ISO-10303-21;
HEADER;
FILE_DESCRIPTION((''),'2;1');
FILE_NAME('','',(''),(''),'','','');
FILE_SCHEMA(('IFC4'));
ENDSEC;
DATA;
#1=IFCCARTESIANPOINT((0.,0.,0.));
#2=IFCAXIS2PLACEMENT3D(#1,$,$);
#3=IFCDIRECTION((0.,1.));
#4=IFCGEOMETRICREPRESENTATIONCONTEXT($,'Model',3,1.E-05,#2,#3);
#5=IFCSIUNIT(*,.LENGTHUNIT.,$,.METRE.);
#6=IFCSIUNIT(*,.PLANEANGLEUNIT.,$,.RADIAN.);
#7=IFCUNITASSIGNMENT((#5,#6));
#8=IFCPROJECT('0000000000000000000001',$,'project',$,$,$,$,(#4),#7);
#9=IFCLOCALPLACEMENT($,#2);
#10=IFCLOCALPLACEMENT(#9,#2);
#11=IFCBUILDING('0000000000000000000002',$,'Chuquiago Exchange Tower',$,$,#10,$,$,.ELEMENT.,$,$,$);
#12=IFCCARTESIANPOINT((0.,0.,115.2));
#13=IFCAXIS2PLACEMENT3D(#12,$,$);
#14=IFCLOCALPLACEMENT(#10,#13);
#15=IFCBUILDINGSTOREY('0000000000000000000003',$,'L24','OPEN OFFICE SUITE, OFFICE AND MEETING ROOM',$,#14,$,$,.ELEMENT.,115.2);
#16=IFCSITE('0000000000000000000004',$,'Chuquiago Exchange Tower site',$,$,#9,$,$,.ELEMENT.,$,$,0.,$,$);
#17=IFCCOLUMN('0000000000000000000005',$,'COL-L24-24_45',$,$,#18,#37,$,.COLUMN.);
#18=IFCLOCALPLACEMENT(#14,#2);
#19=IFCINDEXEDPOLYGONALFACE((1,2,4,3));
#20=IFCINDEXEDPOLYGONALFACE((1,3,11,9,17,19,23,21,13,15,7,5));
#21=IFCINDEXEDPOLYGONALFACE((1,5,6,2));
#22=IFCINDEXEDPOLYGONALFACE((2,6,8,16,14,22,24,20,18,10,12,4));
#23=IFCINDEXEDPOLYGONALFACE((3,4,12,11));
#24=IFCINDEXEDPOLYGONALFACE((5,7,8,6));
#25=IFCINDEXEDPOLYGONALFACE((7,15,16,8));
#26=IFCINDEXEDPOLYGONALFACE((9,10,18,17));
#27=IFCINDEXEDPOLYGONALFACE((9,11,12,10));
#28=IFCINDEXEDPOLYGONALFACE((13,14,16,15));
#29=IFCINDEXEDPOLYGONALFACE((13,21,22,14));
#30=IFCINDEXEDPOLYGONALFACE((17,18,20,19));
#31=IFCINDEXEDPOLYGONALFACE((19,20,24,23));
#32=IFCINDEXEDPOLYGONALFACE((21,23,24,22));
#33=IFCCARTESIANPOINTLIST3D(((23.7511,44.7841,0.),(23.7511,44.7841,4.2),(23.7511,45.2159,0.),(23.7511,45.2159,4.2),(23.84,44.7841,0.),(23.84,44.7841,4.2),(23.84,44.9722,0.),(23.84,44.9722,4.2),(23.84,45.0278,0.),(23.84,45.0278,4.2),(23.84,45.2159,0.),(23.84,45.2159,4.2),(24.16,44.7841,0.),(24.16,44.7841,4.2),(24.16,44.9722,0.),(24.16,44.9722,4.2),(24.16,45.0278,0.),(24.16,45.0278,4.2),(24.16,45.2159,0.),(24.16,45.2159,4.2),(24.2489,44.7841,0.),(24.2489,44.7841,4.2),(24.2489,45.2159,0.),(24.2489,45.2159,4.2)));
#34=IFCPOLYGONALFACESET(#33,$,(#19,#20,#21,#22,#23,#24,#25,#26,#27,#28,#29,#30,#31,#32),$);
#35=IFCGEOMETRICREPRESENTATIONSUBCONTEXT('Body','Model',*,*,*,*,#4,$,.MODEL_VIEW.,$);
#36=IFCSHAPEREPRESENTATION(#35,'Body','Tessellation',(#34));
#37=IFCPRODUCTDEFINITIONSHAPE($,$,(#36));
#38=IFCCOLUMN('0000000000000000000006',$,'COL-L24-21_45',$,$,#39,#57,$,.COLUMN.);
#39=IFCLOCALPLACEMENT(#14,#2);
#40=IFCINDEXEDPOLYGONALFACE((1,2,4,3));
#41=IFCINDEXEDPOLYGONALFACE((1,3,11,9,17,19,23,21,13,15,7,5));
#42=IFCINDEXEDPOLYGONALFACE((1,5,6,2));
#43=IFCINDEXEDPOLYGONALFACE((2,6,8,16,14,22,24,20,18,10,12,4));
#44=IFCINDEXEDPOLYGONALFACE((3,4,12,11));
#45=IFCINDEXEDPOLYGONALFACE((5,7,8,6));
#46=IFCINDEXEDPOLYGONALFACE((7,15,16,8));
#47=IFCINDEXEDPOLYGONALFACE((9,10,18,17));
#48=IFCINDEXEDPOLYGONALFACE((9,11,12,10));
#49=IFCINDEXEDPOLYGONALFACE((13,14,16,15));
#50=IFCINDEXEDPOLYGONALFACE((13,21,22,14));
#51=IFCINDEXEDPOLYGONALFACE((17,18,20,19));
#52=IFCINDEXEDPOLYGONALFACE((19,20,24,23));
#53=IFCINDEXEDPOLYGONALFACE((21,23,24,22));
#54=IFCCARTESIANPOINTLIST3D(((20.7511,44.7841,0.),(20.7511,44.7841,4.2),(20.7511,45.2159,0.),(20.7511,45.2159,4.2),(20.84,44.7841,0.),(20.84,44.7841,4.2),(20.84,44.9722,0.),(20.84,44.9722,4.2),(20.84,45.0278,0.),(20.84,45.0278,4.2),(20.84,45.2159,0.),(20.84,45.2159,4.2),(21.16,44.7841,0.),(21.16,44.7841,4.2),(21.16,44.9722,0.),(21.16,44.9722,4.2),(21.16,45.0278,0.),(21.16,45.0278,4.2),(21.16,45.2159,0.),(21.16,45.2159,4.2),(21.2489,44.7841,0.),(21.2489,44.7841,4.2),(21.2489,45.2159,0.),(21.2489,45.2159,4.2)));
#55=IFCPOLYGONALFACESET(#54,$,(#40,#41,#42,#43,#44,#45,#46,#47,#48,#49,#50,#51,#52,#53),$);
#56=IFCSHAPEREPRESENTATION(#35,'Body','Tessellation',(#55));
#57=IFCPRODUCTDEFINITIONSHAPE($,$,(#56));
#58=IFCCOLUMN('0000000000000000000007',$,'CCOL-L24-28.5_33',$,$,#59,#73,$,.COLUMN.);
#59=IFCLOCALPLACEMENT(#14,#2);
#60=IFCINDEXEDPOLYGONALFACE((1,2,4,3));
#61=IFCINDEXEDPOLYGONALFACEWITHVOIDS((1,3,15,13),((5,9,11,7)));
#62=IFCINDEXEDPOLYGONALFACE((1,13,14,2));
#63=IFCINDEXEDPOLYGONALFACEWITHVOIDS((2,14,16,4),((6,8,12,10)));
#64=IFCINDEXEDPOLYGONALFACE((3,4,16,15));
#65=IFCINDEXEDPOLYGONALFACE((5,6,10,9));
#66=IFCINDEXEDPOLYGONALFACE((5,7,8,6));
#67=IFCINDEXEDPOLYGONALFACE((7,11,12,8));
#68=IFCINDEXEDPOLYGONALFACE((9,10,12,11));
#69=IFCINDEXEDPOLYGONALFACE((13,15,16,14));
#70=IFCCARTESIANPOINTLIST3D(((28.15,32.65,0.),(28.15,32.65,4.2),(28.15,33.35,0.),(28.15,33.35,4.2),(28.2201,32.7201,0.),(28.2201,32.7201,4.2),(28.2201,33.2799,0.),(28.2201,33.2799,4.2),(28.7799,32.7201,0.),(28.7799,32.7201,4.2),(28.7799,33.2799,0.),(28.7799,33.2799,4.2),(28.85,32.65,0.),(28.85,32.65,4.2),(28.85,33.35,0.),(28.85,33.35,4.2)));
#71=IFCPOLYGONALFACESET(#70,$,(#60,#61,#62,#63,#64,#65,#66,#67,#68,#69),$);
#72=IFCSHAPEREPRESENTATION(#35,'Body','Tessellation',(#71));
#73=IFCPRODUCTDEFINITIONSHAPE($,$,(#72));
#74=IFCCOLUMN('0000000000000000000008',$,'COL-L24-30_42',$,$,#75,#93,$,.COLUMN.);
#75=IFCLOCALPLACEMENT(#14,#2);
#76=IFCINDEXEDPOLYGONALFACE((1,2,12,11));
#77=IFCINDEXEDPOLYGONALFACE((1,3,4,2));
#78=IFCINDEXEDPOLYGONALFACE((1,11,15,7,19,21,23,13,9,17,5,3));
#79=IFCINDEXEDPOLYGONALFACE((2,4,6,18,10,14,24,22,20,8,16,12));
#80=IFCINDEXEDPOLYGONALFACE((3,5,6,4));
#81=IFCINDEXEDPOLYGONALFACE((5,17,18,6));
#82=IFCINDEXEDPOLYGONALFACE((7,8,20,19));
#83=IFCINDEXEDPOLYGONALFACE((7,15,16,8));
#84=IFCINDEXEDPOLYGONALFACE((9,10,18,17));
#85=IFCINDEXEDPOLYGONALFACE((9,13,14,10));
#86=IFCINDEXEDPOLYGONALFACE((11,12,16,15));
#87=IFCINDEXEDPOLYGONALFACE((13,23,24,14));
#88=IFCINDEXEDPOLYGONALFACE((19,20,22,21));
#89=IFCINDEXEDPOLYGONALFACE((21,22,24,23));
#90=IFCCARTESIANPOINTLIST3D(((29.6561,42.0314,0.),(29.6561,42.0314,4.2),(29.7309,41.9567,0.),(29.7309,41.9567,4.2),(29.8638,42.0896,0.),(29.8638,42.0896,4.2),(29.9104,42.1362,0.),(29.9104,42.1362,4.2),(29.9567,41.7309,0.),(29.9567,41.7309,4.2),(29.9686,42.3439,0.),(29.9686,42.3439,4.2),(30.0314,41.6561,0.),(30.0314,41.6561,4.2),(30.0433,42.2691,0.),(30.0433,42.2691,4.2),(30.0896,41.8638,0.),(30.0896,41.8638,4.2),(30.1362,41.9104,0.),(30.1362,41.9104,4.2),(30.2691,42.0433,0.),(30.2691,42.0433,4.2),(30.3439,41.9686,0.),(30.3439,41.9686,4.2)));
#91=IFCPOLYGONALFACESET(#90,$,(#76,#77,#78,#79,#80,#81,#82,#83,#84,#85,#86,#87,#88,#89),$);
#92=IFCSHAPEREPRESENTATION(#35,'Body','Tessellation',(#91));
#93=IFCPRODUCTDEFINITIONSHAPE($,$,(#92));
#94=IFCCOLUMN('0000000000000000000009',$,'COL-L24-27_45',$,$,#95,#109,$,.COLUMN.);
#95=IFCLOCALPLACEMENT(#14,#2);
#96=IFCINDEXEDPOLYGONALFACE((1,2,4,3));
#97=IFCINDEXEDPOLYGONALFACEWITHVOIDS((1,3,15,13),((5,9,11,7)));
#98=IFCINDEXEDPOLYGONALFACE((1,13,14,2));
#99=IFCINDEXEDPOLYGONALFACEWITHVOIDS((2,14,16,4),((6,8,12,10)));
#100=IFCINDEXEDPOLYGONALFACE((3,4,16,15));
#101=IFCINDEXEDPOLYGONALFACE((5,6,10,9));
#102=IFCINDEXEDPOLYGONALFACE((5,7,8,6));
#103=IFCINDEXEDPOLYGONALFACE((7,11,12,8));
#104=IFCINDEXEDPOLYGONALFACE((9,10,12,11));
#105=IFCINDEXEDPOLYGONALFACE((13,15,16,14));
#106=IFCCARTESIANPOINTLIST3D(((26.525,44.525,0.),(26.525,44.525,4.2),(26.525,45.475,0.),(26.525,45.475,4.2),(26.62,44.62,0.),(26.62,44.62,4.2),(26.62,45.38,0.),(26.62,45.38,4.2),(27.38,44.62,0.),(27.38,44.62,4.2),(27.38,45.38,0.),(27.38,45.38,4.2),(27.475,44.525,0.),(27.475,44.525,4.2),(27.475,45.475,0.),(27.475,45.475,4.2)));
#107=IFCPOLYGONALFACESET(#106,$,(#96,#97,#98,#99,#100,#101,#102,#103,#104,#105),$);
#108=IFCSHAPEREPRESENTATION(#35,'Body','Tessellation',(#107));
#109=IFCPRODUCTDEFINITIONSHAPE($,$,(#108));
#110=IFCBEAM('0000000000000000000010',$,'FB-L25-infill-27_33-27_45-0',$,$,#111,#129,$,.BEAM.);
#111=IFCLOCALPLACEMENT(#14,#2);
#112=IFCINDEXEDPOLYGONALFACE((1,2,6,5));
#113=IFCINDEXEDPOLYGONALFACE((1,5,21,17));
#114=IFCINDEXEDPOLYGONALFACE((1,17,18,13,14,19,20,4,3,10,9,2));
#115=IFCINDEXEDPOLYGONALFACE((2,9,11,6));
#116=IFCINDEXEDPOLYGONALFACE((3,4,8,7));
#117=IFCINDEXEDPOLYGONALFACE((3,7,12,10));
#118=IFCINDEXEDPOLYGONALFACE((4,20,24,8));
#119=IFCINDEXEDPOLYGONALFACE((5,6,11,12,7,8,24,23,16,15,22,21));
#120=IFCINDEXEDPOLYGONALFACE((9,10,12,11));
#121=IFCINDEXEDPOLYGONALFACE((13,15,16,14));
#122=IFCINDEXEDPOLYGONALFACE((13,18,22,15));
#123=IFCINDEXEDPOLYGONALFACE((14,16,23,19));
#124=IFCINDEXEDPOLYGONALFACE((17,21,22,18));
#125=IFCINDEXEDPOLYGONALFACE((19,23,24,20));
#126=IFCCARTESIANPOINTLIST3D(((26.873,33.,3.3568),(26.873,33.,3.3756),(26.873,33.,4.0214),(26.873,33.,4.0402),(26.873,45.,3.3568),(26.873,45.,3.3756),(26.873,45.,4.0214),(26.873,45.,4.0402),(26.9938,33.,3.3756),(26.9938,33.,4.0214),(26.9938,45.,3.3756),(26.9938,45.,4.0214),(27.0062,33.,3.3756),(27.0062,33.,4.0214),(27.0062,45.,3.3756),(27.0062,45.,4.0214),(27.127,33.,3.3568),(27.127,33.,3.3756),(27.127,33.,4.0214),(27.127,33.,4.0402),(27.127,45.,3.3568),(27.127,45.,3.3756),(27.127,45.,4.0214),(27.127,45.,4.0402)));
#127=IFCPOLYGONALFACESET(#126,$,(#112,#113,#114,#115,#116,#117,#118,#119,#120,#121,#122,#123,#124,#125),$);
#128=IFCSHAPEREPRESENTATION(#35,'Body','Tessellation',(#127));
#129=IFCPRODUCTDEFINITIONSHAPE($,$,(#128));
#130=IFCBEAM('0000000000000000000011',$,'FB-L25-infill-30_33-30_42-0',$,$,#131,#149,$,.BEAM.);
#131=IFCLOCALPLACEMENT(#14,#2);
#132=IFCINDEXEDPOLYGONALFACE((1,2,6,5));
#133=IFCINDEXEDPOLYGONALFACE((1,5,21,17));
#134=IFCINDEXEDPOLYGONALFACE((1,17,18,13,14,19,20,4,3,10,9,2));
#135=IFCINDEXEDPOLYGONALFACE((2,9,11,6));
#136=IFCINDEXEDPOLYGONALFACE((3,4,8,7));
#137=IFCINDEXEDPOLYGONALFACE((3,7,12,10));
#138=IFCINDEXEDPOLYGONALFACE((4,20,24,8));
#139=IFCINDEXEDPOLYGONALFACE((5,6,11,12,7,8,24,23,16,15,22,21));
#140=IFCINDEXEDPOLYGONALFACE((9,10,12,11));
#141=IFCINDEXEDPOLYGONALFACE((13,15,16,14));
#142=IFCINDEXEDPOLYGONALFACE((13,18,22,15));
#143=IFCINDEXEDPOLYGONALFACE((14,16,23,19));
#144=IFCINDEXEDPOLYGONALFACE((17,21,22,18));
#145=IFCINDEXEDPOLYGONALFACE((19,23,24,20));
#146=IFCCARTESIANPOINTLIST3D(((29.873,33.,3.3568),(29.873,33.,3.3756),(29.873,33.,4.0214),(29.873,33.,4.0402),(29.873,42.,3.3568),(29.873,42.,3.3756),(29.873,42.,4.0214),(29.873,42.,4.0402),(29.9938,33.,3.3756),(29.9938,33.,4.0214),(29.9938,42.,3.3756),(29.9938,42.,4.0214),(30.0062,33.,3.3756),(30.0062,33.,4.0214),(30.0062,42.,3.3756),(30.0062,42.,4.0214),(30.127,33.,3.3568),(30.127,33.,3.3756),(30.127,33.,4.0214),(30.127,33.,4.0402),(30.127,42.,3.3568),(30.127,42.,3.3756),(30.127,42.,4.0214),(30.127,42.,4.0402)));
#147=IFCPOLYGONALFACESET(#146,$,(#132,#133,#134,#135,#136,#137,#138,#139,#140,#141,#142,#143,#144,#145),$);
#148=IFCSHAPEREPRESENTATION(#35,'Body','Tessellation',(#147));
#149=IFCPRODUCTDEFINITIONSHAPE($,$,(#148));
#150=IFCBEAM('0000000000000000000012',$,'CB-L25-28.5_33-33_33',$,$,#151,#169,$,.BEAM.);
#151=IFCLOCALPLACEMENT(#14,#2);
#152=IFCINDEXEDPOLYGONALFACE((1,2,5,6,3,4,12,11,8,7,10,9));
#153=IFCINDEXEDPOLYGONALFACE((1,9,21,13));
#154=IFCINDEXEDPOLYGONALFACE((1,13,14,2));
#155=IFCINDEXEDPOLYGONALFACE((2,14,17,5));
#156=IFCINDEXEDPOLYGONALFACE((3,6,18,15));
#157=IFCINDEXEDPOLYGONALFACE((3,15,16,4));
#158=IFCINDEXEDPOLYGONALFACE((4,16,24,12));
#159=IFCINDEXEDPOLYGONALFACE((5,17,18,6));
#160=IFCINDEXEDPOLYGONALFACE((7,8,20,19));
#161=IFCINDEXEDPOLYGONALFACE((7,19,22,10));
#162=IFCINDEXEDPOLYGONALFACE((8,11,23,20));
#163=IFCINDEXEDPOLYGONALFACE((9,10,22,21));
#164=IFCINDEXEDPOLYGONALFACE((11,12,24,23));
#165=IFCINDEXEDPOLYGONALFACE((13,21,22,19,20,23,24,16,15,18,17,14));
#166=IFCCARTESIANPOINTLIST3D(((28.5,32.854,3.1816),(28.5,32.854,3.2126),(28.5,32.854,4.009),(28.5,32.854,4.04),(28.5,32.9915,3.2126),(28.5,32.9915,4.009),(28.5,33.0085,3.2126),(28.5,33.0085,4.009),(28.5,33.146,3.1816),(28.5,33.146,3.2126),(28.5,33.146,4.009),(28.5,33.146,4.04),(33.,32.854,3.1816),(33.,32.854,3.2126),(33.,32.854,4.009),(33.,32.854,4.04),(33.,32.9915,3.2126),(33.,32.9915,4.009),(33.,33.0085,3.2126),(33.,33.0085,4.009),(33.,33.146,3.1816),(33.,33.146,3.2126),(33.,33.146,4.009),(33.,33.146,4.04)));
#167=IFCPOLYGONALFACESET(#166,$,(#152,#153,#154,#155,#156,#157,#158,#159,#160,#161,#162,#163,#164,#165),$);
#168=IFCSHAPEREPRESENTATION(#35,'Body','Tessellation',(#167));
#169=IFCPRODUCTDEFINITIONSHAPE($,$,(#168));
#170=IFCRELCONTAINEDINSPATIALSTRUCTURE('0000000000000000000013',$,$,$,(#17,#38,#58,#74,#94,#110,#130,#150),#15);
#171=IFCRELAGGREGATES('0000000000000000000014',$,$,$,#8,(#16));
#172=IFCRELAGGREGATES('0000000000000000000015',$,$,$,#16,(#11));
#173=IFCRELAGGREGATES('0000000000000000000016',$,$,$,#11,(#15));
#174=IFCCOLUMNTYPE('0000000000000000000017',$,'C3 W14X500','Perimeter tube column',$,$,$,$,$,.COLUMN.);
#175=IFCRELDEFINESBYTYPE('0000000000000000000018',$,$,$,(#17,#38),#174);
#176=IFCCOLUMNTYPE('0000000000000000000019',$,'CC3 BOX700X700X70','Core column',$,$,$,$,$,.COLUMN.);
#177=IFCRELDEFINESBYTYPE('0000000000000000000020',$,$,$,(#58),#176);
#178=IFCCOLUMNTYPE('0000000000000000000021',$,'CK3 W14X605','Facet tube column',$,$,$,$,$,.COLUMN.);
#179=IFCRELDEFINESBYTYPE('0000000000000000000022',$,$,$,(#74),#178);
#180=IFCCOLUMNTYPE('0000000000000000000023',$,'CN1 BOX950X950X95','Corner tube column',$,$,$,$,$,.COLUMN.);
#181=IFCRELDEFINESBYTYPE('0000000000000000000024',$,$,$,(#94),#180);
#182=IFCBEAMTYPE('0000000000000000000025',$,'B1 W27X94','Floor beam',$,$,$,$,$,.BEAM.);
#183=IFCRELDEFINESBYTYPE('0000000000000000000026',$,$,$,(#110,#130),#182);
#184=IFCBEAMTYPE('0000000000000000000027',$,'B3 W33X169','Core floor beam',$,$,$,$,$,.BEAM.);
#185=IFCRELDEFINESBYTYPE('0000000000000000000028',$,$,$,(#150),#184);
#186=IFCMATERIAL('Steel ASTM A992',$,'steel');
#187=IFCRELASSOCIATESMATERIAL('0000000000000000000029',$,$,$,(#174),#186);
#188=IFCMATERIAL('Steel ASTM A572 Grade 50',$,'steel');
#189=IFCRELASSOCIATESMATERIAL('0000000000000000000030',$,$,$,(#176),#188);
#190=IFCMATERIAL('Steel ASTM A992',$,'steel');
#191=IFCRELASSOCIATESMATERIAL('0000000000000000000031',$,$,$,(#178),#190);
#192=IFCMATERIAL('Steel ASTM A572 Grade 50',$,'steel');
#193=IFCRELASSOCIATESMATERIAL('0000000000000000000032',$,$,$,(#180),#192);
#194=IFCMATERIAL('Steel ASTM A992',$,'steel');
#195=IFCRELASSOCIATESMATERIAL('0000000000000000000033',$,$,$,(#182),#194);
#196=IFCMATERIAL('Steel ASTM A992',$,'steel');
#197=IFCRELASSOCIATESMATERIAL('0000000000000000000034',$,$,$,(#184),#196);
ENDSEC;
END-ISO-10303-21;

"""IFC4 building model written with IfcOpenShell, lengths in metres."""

from ifc_helpers import new_model, si_unit, direction, frame, origin, origin_2d, place, context, subcontext, project, spatial, hollow_rectangle, i_section, extrude, material, material_profile, profile_set, type_object, element, save


model = new_model("IFC4")

# Units and contexts
model_context = context("Model", 3, precision=1e-05, world=origin(), true_north=direction((0.0, 1.0)))
body_context = subcontext(model_context, "Body", "Model", "MODEL_VIEW")
ifc_project = project(units=[si_unit("LENGTHUNIT", "METRE"), si_unit("PLANEANGLEUNIT", "RADIAN")], contexts=[model_context])

# Site, building, storey
site_placement = place(None, origin())
site = spatial("IfcSite", under=ifc_project, at=site_placement, Name="Chuquiago Exchange Tower site", CompositionType="ELEMENT", RefElevation=0.0)
building_placement = place(site_placement, origin())
building = spatial("IfcBuilding", under=site, at=building_placement, Name="Chuquiago Exchange Tower", CompositionType="ELEMENT")
storey_placement = place(building_placement, frame((0.0, 0.0, 115.2)))
storey = spatial("IfcBuildingStorey", under=building, at=storey_placement, Name="L24", Description="OPEN OFFICE SUITE, OFFICE AND MEETING ROOM", CompositionType="ELEMENT", Elevation=115.2)

# Columns
ifc_material_1 = material(Name="Steel ASTM A992", Category="steel")
ifc_material_profile_1 = material_profile(ifc_material_1, i_section(OverallWidth=0.4319, OverallDepth=0.4978, WebThickness=0.0557, FlangeThickness=0.0889, at=origin_2d()), Name="W14X500")
ifc_profile_set_1 = profile_set([ifc_material_profile_1], Name="Steel ASTM A992")
column_type_1 = type_object("IfcColumnType", Name="C3 W14X500", Description="Perimeter tube column", PredefinedType="COLUMN", material=ifc_profile_set_1)
for number, where, z_axis, x_axis, name in (
    (1, (24.0, 45.0, 0.0), (0.0, 0.0, 1.0), (0.0, 1.0, 0.0), "COL-L24-24_45"),
    (2, (21.0, 45.0, 0.0), (0.0, 0.0, 1.0), (0.0, 1.0, 0.0), "COL-L24-21_45"),
):
    element("IfcColumn", number, at=place(storey_placement, frame(where, z_axis=z_axis, x_axis=x_axis)), inside=storey, type_object=column_type_1, Name=name, PredefinedType="COLUMN", context=body_context, shape_type="SweptSolid", body=[
        extrude(i_section(OverallWidth=0.4319, OverallDepth=0.4978, WebThickness=0.0557, FlangeThickness=0.0889, at=origin_2d()), origin(), (0.0, 0.0, 1.0), 4.2),
    ])
ifc_material_2 = material(Name="Steel ASTM A572 Grade 50", Category="steel")
ifc_material_profile_2 = material_profile(ifc_material_2, hollow_rectangle(XDim=0.7, YDim=0.7, WallThickness=0.0701, at=origin_2d()), Name="BOX700X700X70")
ifc_profile_set_2 = profile_set([ifc_material_profile_2], Name="Steel ASTM A572 Grade 50")
column_type_2 = type_object("IfcColumnType", Name="CC3 BOX700X700X70", Description="Core column", PredefinedType="COLUMN", material=ifc_profile_set_2)
column_1_placement = place(storey_placement, frame((28.5, 33.0, 0.0), z_axis=(0.0, 0.0, 1.0), x_axis=(1.0, 0.0, 0.0)))
element("IfcColumn", 3, at=column_1_placement, inside=storey, type_object=column_type_2, Name="CCOL-L24-28.5_33", PredefinedType="COLUMN", context=body_context, shape_type="SweptSolid", body=[
    extrude(hollow_rectangle(XDim=0.7, YDim=0.7, WallThickness=0.0701, at=origin_2d()), origin(), (0.0, 0.0, 1.0), 4.2),
])
ifc_material_3 = material(Name="Steel ASTM A992", Category="steel")
ifc_material_profile_3 = material_profile(ifc_material_3, i_section(OverallWidth=0.4419, OverallDepth=0.5308, WebThickness=0.0659, FlangeThickness=0.1057, at=origin_2d()), Name="W14X605")
ifc_profile_set_3 = profile_set([ifc_material_profile_3], Name="Steel ASTM A992")
column_type_3 = type_object("IfcColumnType", Name="CK3 W14X605", Description="Facet tube column", PredefinedType="COLUMN", material=ifc_profile_set_3)
column_2_placement = place(storey_placement, frame((30.0, 42.0, 0.0), z_axis=(0.0, 0.0, 1.0), x_axis=(0.707107, 0.707107, 0.0)))
element("IfcColumn", 4, at=column_2_placement, inside=storey, type_object=column_type_3, Name="COL-L24-30_42", PredefinedType="COLUMN", context=body_context, shape_type="SweptSolid", body=[
    extrude(i_section(OverallWidth=0.4419, OverallDepth=0.5308, WebThickness=0.0659, FlangeThickness=0.1057, at=origin_2d()), origin(), (0.0, 0.0, 1.0), 4.2),
])
ifc_material_4 = material(Name="Steel ASTM A572 Grade 50", Category="steel")
ifc_material_profile_4 = material_profile(ifc_material_4, hollow_rectangle(XDim=0.95, YDim=0.95, WallThickness=0.095, at=origin_2d()), Name="BOX950X950X95")
ifc_profile_set_4 = profile_set([ifc_material_profile_4], Name="Steel ASTM A572 Grade 50")
column_type_4 = type_object("IfcColumnType", Name="CN1 BOX950X950X95", Description="Corner tube column", PredefinedType="COLUMN", material=ifc_profile_set_4)
column_3_placement = place(storey_placement, frame((27.0, 45.0, 0.0), z_axis=(0.0, 0.0, 1.0), x_axis=(0.0, 1.0, 0.0)))
element("IfcColumn", 5, at=column_3_placement, inside=storey, type_object=column_type_4, Name="COL-L24-27_45", PredefinedType="COLUMN", context=body_context, shape_type="SweptSolid", body=[
    extrude(hollow_rectangle(XDim=0.95, YDim=0.95, WallThickness=0.095, at=origin_2d()), origin(), (0.0, 0.0, 1.0), 4.2),
])

# Beams
ifc_material_5 = material(Name="Steel ASTM A992", Category="steel")
ifc_material_profile_5 = material_profile(ifc_material_5, i_section(OverallWidth=0.2539, OverallDepth=0.6833, WebThickness=0.0125, FlangeThickness=0.0188, at=origin_2d()), Name="W27X94")
ifc_profile_set_5 = profile_set([ifc_material_profile_5], Name="Steel ASTM A992")
beam_type_1 = type_object("IfcBeamType", Name="B1 W27X94", Description="Floor beam", PredefinedType="BEAM", material=ifc_profile_set_5)
beam_1_placement = place(storey_placement, frame((27.0, 33.0, 3.6985), z_axis=(0.0, 1.0, 0.0), x_axis=(-1.0, 0.0, 0.0)))
element("IfcBeam", 6, at=beam_1_placement, inside=storey, type_object=beam_type_1, Name="FB-L25-infill-27_33-27_45-0", PredefinedType="BEAM", context=body_context, shape_type="SweptSolid", body=[
    extrude(i_section(OverallWidth=0.2539, OverallDepth=0.6833, WebThickness=0.0125, FlangeThickness=0.0188, at=origin_2d()), origin(), (0.0, 0.0, 1.0), 12.0),
])
beam_2_placement = place(storey_placement, frame((30.0, 33.0, 3.6985), z_axis=(0.0, 1.0, 0.0), x_axis=(-1.0, 0.0, 0.0)))
element("IfcBeam", 7, at=beam_2_placement, inside=storey, type_object=beam_type_1, Name="FB-L25-infill-30_33-30_42-0", PredefinedType="BEAM", context=body_context, shape_type="SweptSolid", body=[
    extrude(i_section(OverallWidth=0.2539, OverallDepth=0.6833, WebThickness=0.0125, FlangeThickness=0.0188, at=origin_2d()), origin(), (0.0, 0.0, 1.0), 9.0),
])
ifc_material_6 = material(Name="Steel ASTM A992", Category="steel")
ifc_material_profile_6 = material_profile(ifc_material_6, i_section(OverallWidth=0.292, OverallDepth=0.8584, WebThickness=0.0171, FlangeThickness=0.031, at=origin_2d()), Name="W33X169")
ifc_profile_set_6 = profile_set([ifc_material_profile_6], Name="Steel ASTM A992")
beam_type_2 = type_object("IfcBeamType", Name="B3 W33X169", Description="Core floor beam", PredefinedType="BEAM", material=ifc_profile_set_6)
beam_3_placement = place(storey_placement, frame((28.5, 33.0, 3.6108), z_axis=(1.0, 0.0, 0.0), x_axis=(0.0, 1.0, 0.0)))
element("IfcBeam", 8, at=beam_3_placement, inside=storey, type_object=beam_type_2, Name="CB-L25-28.5_33-33_33", PredefinedType="BEAM", context=body_context, shape_type="SweptSolid", body=[
    extrude(i_section(OverallWidth=0.292, OverallDepth=0.8584, WebThickness=0.0171, FlangeThickness=0.031, at=origin_2d()), origin(), (0.0, 0.0, 1.0), 4.5),
])

save(model, "model.ifc")
